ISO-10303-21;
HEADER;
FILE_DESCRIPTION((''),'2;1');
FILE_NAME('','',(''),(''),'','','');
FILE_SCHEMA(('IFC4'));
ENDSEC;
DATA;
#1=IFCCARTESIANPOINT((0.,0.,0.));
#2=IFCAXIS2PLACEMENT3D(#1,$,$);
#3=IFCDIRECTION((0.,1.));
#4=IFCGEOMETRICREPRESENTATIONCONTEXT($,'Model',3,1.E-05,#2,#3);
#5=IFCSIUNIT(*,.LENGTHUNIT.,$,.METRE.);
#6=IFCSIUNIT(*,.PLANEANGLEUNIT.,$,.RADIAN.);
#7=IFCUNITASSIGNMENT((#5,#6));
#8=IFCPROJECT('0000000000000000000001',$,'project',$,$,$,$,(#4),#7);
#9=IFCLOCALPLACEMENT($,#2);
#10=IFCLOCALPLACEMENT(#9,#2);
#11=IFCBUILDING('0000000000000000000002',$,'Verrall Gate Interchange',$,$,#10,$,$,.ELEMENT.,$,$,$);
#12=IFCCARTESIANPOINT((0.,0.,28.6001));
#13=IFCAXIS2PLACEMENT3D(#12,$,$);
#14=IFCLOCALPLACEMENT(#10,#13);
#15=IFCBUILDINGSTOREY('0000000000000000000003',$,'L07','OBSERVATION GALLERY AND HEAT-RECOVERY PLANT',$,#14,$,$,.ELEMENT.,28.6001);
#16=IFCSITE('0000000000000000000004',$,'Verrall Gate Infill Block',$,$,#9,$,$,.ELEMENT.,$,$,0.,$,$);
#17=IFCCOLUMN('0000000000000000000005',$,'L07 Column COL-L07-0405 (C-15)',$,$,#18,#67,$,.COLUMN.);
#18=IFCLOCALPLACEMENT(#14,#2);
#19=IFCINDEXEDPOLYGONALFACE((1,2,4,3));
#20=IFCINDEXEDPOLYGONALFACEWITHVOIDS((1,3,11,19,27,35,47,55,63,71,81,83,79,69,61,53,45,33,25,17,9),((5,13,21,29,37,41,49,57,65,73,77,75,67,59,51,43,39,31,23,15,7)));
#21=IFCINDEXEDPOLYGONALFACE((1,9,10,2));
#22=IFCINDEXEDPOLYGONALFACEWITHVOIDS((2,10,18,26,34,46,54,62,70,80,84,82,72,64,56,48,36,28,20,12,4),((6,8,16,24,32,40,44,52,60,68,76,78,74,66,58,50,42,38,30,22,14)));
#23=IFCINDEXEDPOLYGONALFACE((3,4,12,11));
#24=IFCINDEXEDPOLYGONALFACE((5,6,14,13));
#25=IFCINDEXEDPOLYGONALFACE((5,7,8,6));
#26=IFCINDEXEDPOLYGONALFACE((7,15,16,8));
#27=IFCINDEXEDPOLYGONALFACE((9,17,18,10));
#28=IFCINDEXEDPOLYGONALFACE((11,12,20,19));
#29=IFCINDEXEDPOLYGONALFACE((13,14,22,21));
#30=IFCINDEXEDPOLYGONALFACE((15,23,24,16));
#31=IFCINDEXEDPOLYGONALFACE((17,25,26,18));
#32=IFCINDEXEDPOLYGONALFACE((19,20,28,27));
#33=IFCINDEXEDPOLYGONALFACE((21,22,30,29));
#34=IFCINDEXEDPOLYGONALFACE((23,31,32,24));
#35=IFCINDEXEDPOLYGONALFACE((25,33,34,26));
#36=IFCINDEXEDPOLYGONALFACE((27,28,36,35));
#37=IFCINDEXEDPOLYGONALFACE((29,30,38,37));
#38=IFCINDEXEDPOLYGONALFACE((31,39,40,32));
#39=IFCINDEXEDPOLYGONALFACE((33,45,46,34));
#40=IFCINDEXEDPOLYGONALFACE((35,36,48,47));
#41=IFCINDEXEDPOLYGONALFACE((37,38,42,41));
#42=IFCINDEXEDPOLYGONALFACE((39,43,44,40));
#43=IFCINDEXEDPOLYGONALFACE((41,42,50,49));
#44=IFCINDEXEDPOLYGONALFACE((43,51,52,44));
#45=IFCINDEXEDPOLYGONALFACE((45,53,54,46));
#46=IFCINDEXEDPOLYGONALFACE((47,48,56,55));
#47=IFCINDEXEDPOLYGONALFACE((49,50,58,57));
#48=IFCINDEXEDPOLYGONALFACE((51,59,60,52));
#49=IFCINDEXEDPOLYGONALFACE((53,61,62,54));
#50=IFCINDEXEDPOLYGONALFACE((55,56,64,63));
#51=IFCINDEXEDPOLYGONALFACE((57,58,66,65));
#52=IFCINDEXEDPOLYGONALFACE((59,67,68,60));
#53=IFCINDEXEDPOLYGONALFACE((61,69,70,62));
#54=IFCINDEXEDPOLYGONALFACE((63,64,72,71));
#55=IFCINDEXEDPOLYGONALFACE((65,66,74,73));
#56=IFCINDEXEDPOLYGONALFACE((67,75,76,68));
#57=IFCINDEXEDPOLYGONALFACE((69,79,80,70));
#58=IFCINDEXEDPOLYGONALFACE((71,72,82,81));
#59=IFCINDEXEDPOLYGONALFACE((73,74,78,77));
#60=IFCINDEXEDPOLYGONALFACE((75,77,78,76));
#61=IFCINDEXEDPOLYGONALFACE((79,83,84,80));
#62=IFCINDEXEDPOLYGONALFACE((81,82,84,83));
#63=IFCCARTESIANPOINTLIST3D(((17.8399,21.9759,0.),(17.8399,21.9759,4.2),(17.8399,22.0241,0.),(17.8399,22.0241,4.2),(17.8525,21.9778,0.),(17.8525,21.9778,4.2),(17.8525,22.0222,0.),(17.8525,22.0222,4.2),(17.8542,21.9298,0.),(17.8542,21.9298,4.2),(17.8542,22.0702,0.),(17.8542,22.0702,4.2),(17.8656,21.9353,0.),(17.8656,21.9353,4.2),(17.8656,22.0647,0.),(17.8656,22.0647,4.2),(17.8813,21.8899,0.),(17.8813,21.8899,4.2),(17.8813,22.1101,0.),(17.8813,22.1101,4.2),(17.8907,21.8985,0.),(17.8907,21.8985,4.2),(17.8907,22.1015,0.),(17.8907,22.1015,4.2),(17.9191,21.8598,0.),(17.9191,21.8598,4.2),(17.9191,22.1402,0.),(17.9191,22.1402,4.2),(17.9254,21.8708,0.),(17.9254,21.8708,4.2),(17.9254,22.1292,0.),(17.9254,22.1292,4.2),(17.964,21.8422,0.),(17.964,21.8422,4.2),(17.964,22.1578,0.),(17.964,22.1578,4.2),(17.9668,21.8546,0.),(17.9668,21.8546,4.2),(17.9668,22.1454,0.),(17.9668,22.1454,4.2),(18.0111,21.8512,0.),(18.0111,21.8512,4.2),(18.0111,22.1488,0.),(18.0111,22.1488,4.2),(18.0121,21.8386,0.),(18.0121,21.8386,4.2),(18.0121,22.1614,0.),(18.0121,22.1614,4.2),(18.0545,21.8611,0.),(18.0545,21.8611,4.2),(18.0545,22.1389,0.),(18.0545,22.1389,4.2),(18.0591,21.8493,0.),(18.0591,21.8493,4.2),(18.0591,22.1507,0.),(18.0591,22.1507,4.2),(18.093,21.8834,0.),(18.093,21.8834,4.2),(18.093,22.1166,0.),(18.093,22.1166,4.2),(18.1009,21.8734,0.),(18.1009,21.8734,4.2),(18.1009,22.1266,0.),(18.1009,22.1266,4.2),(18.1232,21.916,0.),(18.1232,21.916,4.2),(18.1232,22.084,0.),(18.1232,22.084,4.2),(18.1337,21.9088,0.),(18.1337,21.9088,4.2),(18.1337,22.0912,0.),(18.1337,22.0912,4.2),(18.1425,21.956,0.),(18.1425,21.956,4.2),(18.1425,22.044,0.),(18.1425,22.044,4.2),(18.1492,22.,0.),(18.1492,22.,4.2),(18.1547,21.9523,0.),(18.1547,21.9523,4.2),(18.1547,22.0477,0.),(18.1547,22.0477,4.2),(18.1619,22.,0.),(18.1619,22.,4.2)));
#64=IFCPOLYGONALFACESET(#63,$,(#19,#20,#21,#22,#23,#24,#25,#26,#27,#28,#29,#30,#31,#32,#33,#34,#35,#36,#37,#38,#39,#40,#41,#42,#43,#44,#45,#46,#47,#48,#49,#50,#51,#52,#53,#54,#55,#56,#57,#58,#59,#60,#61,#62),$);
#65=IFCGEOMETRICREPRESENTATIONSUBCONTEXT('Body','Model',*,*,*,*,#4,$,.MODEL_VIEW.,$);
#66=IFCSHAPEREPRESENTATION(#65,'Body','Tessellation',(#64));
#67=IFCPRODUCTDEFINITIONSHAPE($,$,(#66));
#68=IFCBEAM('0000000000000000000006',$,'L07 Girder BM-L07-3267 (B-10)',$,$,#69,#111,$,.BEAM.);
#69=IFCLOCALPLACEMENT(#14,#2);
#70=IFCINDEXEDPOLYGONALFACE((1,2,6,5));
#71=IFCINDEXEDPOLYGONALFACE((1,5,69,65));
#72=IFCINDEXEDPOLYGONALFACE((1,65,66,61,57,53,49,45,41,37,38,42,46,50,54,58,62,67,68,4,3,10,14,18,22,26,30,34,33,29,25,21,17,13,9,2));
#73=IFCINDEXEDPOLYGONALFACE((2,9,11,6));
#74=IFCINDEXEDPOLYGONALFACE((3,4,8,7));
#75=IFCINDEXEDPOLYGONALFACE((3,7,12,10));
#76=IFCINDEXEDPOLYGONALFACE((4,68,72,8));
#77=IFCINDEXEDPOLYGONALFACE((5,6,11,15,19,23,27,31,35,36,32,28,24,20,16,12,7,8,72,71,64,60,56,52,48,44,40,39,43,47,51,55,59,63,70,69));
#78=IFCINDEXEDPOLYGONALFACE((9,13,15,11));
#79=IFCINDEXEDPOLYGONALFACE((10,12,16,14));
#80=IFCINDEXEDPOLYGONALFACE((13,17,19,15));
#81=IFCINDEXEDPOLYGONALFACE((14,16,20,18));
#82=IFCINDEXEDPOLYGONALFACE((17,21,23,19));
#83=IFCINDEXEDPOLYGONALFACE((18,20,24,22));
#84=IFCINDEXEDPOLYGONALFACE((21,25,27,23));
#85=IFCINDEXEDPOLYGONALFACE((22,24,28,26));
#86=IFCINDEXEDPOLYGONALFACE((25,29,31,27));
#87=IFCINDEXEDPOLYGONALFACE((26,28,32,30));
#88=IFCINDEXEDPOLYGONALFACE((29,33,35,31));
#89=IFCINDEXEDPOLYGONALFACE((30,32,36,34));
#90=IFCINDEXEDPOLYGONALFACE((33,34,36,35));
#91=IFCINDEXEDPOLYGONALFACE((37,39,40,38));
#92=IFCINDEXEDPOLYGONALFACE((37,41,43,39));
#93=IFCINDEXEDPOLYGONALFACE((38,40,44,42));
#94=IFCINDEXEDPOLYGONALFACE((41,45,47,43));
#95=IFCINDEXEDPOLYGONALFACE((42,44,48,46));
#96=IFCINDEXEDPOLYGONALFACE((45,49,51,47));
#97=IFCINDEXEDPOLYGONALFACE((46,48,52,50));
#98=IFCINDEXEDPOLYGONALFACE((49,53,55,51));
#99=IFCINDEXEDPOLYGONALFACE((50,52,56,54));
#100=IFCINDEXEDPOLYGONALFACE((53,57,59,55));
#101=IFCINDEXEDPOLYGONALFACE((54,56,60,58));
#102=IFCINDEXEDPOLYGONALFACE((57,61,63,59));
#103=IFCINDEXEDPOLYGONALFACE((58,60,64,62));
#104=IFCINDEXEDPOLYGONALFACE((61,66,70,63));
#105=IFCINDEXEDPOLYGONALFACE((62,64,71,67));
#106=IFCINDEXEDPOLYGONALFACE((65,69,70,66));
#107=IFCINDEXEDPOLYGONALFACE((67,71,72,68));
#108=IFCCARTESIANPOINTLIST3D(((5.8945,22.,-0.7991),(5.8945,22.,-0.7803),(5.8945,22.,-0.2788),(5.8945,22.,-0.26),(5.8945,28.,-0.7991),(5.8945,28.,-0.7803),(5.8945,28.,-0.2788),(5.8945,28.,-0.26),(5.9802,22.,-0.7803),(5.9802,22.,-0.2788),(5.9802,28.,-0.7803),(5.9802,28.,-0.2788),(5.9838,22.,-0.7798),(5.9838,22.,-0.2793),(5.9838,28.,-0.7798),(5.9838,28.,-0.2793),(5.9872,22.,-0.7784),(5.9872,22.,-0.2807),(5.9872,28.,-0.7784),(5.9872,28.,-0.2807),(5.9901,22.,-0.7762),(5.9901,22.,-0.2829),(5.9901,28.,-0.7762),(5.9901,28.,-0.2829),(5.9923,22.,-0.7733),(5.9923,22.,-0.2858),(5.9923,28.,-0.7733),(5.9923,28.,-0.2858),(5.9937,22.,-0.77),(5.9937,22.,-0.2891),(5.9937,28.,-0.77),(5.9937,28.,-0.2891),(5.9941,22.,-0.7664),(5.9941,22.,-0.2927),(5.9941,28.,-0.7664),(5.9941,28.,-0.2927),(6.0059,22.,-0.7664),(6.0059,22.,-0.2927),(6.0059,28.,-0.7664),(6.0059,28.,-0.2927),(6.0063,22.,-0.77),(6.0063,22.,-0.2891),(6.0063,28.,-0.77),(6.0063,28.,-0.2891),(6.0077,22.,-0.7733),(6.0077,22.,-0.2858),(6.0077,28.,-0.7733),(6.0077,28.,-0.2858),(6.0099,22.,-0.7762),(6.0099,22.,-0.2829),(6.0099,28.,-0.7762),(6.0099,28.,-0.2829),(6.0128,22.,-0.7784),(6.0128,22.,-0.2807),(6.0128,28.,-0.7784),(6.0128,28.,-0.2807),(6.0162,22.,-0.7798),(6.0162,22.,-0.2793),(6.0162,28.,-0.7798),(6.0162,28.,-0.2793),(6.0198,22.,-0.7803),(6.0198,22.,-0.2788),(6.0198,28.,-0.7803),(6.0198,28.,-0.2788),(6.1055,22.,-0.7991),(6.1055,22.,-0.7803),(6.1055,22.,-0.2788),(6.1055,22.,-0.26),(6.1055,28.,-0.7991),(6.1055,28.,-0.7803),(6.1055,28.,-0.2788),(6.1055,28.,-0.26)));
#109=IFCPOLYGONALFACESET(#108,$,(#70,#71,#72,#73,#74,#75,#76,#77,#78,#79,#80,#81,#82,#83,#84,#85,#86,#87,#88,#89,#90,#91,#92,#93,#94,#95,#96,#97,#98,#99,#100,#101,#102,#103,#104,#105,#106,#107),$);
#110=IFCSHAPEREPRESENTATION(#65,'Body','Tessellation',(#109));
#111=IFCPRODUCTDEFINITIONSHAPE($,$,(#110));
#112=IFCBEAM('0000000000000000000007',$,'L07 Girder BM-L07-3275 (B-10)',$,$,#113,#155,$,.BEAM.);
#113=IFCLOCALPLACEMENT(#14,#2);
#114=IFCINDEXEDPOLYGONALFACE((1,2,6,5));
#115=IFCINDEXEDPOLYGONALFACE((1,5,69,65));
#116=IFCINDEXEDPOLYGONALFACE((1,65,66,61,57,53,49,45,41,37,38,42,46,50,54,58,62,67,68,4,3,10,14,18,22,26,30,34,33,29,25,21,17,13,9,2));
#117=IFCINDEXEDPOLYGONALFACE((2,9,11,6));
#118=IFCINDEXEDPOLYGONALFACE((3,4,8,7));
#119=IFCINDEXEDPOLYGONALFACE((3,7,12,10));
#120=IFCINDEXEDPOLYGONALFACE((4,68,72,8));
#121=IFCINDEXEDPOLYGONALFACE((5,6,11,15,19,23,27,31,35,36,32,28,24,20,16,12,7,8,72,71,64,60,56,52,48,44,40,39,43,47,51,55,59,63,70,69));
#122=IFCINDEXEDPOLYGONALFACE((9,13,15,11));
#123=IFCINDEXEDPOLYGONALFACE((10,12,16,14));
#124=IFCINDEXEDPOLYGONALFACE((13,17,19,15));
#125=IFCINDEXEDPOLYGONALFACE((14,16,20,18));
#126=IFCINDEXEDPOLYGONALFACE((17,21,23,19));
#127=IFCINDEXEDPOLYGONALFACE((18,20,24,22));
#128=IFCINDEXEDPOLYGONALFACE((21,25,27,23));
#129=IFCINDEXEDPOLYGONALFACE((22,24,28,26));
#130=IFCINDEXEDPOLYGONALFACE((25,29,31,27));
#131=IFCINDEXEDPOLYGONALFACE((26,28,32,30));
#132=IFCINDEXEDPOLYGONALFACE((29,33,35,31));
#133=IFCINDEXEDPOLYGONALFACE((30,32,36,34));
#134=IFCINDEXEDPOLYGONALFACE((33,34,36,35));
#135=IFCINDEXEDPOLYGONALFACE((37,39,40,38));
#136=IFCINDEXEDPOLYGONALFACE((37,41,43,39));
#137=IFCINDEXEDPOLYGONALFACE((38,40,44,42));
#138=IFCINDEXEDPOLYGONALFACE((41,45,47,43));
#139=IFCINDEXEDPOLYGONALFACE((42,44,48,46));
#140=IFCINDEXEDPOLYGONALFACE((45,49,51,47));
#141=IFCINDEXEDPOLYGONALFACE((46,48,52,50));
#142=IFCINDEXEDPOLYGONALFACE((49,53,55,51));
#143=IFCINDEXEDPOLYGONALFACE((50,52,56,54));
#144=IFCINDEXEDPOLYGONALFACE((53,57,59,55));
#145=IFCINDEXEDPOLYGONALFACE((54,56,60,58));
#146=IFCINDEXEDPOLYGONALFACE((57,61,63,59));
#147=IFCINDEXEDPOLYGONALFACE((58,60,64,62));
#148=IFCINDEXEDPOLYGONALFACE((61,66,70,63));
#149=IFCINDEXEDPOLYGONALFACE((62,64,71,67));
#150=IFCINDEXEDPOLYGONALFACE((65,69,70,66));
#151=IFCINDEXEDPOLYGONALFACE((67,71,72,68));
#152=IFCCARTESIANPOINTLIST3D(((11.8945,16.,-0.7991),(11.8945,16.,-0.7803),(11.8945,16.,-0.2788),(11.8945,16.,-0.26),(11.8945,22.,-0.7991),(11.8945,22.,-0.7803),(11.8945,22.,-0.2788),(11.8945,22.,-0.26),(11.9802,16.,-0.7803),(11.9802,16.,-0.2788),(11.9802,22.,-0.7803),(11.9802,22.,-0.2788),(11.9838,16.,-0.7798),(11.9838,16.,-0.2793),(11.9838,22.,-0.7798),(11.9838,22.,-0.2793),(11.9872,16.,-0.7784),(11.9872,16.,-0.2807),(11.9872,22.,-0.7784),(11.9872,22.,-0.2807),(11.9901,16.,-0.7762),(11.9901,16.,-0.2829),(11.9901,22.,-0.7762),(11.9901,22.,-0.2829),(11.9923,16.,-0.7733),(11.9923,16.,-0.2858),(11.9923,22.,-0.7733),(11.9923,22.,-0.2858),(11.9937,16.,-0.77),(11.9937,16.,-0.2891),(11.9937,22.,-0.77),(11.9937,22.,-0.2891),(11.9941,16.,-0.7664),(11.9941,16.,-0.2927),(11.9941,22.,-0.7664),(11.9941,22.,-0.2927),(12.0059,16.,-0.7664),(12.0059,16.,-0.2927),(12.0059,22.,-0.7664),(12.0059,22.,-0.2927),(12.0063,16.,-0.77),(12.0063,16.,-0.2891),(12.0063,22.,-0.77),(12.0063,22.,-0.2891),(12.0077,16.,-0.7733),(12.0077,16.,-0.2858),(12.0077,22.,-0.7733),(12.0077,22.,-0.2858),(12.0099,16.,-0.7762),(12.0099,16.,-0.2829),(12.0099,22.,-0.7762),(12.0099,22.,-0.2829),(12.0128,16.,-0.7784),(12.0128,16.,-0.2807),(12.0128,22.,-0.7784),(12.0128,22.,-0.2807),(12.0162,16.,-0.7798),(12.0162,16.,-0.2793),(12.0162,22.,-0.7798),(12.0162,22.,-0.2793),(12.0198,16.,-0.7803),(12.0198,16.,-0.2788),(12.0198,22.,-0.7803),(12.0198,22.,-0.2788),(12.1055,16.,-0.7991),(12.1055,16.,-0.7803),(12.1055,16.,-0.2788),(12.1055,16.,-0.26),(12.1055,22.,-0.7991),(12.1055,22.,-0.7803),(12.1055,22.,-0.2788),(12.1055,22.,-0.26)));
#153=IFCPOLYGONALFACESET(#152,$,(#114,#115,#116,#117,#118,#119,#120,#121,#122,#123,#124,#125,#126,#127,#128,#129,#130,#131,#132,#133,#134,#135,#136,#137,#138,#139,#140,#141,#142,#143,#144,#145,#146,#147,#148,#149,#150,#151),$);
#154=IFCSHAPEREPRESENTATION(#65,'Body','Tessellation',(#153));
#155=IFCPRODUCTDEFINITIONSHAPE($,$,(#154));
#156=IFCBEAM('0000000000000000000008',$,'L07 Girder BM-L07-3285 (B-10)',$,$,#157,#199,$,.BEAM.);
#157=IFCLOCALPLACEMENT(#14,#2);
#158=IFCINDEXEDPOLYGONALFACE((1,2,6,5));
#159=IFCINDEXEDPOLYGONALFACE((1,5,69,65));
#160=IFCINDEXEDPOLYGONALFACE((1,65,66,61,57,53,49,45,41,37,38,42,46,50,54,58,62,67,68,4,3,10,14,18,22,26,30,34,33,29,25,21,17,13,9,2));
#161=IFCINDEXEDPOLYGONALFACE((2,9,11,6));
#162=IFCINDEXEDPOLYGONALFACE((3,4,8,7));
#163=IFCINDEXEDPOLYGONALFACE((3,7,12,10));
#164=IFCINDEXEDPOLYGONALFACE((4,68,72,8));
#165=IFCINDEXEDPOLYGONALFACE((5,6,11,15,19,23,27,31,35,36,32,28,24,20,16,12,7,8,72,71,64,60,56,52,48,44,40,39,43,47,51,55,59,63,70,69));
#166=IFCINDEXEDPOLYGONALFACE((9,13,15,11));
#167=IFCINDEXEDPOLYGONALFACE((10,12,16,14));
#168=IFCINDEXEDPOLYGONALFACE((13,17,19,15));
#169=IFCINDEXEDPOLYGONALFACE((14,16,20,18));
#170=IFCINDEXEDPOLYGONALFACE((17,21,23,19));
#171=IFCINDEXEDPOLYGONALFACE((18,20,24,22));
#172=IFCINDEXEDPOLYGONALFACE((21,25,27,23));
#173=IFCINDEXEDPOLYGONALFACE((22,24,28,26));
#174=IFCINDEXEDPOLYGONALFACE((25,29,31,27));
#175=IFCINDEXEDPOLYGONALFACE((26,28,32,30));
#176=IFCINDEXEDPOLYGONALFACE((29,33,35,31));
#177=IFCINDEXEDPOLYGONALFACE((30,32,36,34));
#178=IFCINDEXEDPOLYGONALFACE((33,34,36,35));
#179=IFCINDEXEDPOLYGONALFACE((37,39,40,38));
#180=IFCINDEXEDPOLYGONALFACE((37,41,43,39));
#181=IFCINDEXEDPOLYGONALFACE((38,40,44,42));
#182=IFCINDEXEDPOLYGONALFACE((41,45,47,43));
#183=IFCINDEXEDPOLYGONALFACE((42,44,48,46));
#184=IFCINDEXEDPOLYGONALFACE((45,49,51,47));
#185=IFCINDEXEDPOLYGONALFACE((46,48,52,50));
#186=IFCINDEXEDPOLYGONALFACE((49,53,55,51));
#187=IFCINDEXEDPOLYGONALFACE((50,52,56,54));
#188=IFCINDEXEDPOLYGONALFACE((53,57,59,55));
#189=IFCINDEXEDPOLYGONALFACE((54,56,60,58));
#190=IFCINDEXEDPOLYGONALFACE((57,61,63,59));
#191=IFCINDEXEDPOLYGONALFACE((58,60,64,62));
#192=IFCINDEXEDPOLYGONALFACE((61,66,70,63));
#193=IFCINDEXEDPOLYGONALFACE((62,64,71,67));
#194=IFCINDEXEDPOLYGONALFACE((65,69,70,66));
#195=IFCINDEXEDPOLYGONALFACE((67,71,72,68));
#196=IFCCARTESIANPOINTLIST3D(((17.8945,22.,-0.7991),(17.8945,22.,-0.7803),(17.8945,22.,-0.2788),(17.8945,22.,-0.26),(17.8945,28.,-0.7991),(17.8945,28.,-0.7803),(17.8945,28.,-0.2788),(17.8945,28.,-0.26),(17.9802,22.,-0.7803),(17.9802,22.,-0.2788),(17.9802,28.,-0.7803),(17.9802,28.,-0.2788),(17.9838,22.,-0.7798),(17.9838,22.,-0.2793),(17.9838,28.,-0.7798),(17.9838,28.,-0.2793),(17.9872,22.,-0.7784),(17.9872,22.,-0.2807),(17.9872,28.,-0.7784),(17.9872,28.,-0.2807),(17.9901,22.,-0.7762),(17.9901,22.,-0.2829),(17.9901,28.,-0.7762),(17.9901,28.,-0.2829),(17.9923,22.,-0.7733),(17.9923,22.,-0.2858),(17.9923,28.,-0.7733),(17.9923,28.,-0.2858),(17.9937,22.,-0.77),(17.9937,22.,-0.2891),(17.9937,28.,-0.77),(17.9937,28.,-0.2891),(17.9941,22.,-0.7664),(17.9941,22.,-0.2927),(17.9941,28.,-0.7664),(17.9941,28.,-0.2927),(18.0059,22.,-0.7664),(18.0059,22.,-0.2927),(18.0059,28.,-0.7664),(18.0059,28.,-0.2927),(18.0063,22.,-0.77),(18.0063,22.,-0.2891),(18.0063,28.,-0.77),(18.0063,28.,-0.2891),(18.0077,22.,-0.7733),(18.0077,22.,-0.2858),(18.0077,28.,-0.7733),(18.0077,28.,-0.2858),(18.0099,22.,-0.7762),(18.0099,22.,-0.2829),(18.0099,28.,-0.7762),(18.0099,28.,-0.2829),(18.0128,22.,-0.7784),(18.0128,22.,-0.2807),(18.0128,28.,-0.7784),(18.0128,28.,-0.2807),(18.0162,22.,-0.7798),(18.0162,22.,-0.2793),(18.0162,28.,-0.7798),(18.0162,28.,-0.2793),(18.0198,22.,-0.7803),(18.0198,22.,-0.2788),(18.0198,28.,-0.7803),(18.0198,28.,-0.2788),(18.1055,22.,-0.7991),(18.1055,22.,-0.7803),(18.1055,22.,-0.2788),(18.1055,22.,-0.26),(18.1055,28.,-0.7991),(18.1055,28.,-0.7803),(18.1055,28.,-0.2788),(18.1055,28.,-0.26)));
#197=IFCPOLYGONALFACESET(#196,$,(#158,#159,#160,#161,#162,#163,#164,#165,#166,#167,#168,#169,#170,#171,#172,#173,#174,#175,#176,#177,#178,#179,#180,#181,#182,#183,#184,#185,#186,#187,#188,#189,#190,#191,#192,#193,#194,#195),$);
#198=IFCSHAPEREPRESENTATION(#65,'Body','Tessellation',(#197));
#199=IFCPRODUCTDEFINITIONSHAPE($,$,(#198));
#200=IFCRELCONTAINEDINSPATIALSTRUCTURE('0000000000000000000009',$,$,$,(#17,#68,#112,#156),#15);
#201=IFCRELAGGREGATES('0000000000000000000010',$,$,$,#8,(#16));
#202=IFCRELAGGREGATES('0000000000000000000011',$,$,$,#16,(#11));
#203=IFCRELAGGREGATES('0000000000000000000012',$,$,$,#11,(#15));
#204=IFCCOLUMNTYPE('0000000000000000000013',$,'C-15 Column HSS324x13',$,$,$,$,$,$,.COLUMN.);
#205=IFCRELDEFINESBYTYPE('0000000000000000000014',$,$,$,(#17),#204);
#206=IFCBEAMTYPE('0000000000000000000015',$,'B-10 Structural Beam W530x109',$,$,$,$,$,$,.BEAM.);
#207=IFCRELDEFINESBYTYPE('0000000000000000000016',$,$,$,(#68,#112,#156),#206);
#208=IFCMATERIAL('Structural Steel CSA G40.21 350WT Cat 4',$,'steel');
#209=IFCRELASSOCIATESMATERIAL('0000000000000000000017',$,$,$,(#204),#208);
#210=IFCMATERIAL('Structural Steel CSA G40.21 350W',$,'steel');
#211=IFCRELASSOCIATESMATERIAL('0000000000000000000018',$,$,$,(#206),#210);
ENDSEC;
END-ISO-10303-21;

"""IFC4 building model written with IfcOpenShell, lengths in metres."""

from ifc_helpers import new_model, si_unit, direction, frame, origin, origin_2d, place, context, subcontext, project, spatial, hollow_circle, i_section, extrude, material, material_profile, profile_set, type_object, element, save


model = new_model("IFC4")

# Units and contexts
model_context = context("Model", 3, precision=1e-05, world=origin(), true_north=direction((0.0, 1.0)))
body_context = subcontext(model_context, "Body", "Model", "MODEL_VIEW")
ifc_project = project(units=[si_unit("LENGTHUNIT", "METRE"), si_unit("PLANEANGLEUNIT", "RADIAN")], contexts=[model_context])

# Site, building, storey
site_placement = place(None, origin())
site = spatial("IfcSite", under=ifc_project, at=site_placement, Name="Verrall Gate Infill Block", CompositionType="ELEMENT", RefElevation=0.0)
building_placement = place(site_placement, origin())
building = spatial("IfcBuilding", under=site, at=building_placement, Name="Verrall Gate Interchange", CompositionType="ELEMENT")
storey_placement = place(building_placement, frame((0.0, 0.0, 28.6001)))
storey = spatial("IfcBuildingStorey", under=building, at=storey_placement, Name="L07", Description="OBSERVATION GALLERY AND HEAT-RECOVERY PLANT", CompositionType="ELEMENT", Elevation=28.6001)

# Column
ifc_material_1 = material(Name="Structural Steel CSA G40.21 350WT Cat 4", Category="steel")
ifc_material_profile_1 = material_profile(ifc_material_1, hollow_circle(Radius=0.1619, WallThickness=0.0127, at=origin_2d()), Name="HSS324x13")
ifc_profile_set_1 = profile_set([ifc_material_profile_1], Name="Structural Steel CSA G40.21 350WT Cat 4")
column_type_1 = type_object("IfcColumnType", Name="C-15 Column HSS324x13", PredefinedType="COLUMN", material=ifc_profile_set_1)
for number, where, z_axis, x_axis, name in (
    (1, (18.0, 22.0, 0.0), (0.0, 0.0, 1.0), (1.0, 0.0, 0.0), "L07 Column COL-L07-0405 (C-15)"),
):
    element("IfcColumn", number, at=place(storey_placement, frame(where, z_axis=z_axis, x_axis=x_axis)), inside=storey, type_object=column_type_1, Name=name, PredefinedType="COLUMN", context=body_context, shape_type="SweptSolid", body=[
        extrude(hollow_circle(Radius=0.1619, WallThickness=0.0127, at=origin_2d()), origin(), (0.0, 0.0, 1.0), 4.2),
    ])

# Beams
ifc_material_2 = material(Name="Structural Steel CSA G40.21 350W", Category="steel")
ifc_material_profile_2 = material_profile(ifc_material_2, i_section(OverallWidth=0.2109, OverallDepth=0.5391, WebThickness=0.0117, FlangeThickness=0.0188, FilletRadius=0.0139, at=origin_2d()), Name="W530x109")
ifc_profile_set_2 = profile_set([ifc_material_profile_2], Name="Structural Steel CSA G40.21 350W")
beam_type_1 = type_object("IfcBeamType", Name="B-10 Structural Beam W530x109", PredefinedType="BEAM", material=ifc_profile_set_2)
for number, where, z_axis, x_axis, name in (
    (2, (6.0, 22.0, -0.5295), (0.0, 1.0, 0.0), (-1.0, 0.0, 0.0), "L07 Girder BM-L07-3267 (B-10)"),
    (3, (12.0, 16.0, -0.5295), (0.0, 1.0, 0.0), (-1.0, 0.0, 0.0), "L07 Girder BM-L07-3275 (B-10)"),
    (4, (18.0, 22.0, -0.5295), (0.0, 1.0, 0.0), (-1.0, 0.0, 0.0), "L07 Girder BM-L07-3285 (B-10)"),
):
    element("IfcBeam", number, at=place(storey_placement, frame(where, z_axis=z_axis, x_axis=x_axis)), inside=storey, type_object=beam_type_1, Name=name, PredefinedType="BEAM", context=body_context, shape_type="SweptSolid", body=[
        extrude(i_section(OverallWidth=0.2109, OverallDepth=0.5391, WebThickness=0.0117, FlangeThickness=0.0188, FilletRadius=0.0139, at=origin_2d()), origin(), (0.0, 0.0, 1.0), 6.0),
    ])

save(model, "model.ifc")
